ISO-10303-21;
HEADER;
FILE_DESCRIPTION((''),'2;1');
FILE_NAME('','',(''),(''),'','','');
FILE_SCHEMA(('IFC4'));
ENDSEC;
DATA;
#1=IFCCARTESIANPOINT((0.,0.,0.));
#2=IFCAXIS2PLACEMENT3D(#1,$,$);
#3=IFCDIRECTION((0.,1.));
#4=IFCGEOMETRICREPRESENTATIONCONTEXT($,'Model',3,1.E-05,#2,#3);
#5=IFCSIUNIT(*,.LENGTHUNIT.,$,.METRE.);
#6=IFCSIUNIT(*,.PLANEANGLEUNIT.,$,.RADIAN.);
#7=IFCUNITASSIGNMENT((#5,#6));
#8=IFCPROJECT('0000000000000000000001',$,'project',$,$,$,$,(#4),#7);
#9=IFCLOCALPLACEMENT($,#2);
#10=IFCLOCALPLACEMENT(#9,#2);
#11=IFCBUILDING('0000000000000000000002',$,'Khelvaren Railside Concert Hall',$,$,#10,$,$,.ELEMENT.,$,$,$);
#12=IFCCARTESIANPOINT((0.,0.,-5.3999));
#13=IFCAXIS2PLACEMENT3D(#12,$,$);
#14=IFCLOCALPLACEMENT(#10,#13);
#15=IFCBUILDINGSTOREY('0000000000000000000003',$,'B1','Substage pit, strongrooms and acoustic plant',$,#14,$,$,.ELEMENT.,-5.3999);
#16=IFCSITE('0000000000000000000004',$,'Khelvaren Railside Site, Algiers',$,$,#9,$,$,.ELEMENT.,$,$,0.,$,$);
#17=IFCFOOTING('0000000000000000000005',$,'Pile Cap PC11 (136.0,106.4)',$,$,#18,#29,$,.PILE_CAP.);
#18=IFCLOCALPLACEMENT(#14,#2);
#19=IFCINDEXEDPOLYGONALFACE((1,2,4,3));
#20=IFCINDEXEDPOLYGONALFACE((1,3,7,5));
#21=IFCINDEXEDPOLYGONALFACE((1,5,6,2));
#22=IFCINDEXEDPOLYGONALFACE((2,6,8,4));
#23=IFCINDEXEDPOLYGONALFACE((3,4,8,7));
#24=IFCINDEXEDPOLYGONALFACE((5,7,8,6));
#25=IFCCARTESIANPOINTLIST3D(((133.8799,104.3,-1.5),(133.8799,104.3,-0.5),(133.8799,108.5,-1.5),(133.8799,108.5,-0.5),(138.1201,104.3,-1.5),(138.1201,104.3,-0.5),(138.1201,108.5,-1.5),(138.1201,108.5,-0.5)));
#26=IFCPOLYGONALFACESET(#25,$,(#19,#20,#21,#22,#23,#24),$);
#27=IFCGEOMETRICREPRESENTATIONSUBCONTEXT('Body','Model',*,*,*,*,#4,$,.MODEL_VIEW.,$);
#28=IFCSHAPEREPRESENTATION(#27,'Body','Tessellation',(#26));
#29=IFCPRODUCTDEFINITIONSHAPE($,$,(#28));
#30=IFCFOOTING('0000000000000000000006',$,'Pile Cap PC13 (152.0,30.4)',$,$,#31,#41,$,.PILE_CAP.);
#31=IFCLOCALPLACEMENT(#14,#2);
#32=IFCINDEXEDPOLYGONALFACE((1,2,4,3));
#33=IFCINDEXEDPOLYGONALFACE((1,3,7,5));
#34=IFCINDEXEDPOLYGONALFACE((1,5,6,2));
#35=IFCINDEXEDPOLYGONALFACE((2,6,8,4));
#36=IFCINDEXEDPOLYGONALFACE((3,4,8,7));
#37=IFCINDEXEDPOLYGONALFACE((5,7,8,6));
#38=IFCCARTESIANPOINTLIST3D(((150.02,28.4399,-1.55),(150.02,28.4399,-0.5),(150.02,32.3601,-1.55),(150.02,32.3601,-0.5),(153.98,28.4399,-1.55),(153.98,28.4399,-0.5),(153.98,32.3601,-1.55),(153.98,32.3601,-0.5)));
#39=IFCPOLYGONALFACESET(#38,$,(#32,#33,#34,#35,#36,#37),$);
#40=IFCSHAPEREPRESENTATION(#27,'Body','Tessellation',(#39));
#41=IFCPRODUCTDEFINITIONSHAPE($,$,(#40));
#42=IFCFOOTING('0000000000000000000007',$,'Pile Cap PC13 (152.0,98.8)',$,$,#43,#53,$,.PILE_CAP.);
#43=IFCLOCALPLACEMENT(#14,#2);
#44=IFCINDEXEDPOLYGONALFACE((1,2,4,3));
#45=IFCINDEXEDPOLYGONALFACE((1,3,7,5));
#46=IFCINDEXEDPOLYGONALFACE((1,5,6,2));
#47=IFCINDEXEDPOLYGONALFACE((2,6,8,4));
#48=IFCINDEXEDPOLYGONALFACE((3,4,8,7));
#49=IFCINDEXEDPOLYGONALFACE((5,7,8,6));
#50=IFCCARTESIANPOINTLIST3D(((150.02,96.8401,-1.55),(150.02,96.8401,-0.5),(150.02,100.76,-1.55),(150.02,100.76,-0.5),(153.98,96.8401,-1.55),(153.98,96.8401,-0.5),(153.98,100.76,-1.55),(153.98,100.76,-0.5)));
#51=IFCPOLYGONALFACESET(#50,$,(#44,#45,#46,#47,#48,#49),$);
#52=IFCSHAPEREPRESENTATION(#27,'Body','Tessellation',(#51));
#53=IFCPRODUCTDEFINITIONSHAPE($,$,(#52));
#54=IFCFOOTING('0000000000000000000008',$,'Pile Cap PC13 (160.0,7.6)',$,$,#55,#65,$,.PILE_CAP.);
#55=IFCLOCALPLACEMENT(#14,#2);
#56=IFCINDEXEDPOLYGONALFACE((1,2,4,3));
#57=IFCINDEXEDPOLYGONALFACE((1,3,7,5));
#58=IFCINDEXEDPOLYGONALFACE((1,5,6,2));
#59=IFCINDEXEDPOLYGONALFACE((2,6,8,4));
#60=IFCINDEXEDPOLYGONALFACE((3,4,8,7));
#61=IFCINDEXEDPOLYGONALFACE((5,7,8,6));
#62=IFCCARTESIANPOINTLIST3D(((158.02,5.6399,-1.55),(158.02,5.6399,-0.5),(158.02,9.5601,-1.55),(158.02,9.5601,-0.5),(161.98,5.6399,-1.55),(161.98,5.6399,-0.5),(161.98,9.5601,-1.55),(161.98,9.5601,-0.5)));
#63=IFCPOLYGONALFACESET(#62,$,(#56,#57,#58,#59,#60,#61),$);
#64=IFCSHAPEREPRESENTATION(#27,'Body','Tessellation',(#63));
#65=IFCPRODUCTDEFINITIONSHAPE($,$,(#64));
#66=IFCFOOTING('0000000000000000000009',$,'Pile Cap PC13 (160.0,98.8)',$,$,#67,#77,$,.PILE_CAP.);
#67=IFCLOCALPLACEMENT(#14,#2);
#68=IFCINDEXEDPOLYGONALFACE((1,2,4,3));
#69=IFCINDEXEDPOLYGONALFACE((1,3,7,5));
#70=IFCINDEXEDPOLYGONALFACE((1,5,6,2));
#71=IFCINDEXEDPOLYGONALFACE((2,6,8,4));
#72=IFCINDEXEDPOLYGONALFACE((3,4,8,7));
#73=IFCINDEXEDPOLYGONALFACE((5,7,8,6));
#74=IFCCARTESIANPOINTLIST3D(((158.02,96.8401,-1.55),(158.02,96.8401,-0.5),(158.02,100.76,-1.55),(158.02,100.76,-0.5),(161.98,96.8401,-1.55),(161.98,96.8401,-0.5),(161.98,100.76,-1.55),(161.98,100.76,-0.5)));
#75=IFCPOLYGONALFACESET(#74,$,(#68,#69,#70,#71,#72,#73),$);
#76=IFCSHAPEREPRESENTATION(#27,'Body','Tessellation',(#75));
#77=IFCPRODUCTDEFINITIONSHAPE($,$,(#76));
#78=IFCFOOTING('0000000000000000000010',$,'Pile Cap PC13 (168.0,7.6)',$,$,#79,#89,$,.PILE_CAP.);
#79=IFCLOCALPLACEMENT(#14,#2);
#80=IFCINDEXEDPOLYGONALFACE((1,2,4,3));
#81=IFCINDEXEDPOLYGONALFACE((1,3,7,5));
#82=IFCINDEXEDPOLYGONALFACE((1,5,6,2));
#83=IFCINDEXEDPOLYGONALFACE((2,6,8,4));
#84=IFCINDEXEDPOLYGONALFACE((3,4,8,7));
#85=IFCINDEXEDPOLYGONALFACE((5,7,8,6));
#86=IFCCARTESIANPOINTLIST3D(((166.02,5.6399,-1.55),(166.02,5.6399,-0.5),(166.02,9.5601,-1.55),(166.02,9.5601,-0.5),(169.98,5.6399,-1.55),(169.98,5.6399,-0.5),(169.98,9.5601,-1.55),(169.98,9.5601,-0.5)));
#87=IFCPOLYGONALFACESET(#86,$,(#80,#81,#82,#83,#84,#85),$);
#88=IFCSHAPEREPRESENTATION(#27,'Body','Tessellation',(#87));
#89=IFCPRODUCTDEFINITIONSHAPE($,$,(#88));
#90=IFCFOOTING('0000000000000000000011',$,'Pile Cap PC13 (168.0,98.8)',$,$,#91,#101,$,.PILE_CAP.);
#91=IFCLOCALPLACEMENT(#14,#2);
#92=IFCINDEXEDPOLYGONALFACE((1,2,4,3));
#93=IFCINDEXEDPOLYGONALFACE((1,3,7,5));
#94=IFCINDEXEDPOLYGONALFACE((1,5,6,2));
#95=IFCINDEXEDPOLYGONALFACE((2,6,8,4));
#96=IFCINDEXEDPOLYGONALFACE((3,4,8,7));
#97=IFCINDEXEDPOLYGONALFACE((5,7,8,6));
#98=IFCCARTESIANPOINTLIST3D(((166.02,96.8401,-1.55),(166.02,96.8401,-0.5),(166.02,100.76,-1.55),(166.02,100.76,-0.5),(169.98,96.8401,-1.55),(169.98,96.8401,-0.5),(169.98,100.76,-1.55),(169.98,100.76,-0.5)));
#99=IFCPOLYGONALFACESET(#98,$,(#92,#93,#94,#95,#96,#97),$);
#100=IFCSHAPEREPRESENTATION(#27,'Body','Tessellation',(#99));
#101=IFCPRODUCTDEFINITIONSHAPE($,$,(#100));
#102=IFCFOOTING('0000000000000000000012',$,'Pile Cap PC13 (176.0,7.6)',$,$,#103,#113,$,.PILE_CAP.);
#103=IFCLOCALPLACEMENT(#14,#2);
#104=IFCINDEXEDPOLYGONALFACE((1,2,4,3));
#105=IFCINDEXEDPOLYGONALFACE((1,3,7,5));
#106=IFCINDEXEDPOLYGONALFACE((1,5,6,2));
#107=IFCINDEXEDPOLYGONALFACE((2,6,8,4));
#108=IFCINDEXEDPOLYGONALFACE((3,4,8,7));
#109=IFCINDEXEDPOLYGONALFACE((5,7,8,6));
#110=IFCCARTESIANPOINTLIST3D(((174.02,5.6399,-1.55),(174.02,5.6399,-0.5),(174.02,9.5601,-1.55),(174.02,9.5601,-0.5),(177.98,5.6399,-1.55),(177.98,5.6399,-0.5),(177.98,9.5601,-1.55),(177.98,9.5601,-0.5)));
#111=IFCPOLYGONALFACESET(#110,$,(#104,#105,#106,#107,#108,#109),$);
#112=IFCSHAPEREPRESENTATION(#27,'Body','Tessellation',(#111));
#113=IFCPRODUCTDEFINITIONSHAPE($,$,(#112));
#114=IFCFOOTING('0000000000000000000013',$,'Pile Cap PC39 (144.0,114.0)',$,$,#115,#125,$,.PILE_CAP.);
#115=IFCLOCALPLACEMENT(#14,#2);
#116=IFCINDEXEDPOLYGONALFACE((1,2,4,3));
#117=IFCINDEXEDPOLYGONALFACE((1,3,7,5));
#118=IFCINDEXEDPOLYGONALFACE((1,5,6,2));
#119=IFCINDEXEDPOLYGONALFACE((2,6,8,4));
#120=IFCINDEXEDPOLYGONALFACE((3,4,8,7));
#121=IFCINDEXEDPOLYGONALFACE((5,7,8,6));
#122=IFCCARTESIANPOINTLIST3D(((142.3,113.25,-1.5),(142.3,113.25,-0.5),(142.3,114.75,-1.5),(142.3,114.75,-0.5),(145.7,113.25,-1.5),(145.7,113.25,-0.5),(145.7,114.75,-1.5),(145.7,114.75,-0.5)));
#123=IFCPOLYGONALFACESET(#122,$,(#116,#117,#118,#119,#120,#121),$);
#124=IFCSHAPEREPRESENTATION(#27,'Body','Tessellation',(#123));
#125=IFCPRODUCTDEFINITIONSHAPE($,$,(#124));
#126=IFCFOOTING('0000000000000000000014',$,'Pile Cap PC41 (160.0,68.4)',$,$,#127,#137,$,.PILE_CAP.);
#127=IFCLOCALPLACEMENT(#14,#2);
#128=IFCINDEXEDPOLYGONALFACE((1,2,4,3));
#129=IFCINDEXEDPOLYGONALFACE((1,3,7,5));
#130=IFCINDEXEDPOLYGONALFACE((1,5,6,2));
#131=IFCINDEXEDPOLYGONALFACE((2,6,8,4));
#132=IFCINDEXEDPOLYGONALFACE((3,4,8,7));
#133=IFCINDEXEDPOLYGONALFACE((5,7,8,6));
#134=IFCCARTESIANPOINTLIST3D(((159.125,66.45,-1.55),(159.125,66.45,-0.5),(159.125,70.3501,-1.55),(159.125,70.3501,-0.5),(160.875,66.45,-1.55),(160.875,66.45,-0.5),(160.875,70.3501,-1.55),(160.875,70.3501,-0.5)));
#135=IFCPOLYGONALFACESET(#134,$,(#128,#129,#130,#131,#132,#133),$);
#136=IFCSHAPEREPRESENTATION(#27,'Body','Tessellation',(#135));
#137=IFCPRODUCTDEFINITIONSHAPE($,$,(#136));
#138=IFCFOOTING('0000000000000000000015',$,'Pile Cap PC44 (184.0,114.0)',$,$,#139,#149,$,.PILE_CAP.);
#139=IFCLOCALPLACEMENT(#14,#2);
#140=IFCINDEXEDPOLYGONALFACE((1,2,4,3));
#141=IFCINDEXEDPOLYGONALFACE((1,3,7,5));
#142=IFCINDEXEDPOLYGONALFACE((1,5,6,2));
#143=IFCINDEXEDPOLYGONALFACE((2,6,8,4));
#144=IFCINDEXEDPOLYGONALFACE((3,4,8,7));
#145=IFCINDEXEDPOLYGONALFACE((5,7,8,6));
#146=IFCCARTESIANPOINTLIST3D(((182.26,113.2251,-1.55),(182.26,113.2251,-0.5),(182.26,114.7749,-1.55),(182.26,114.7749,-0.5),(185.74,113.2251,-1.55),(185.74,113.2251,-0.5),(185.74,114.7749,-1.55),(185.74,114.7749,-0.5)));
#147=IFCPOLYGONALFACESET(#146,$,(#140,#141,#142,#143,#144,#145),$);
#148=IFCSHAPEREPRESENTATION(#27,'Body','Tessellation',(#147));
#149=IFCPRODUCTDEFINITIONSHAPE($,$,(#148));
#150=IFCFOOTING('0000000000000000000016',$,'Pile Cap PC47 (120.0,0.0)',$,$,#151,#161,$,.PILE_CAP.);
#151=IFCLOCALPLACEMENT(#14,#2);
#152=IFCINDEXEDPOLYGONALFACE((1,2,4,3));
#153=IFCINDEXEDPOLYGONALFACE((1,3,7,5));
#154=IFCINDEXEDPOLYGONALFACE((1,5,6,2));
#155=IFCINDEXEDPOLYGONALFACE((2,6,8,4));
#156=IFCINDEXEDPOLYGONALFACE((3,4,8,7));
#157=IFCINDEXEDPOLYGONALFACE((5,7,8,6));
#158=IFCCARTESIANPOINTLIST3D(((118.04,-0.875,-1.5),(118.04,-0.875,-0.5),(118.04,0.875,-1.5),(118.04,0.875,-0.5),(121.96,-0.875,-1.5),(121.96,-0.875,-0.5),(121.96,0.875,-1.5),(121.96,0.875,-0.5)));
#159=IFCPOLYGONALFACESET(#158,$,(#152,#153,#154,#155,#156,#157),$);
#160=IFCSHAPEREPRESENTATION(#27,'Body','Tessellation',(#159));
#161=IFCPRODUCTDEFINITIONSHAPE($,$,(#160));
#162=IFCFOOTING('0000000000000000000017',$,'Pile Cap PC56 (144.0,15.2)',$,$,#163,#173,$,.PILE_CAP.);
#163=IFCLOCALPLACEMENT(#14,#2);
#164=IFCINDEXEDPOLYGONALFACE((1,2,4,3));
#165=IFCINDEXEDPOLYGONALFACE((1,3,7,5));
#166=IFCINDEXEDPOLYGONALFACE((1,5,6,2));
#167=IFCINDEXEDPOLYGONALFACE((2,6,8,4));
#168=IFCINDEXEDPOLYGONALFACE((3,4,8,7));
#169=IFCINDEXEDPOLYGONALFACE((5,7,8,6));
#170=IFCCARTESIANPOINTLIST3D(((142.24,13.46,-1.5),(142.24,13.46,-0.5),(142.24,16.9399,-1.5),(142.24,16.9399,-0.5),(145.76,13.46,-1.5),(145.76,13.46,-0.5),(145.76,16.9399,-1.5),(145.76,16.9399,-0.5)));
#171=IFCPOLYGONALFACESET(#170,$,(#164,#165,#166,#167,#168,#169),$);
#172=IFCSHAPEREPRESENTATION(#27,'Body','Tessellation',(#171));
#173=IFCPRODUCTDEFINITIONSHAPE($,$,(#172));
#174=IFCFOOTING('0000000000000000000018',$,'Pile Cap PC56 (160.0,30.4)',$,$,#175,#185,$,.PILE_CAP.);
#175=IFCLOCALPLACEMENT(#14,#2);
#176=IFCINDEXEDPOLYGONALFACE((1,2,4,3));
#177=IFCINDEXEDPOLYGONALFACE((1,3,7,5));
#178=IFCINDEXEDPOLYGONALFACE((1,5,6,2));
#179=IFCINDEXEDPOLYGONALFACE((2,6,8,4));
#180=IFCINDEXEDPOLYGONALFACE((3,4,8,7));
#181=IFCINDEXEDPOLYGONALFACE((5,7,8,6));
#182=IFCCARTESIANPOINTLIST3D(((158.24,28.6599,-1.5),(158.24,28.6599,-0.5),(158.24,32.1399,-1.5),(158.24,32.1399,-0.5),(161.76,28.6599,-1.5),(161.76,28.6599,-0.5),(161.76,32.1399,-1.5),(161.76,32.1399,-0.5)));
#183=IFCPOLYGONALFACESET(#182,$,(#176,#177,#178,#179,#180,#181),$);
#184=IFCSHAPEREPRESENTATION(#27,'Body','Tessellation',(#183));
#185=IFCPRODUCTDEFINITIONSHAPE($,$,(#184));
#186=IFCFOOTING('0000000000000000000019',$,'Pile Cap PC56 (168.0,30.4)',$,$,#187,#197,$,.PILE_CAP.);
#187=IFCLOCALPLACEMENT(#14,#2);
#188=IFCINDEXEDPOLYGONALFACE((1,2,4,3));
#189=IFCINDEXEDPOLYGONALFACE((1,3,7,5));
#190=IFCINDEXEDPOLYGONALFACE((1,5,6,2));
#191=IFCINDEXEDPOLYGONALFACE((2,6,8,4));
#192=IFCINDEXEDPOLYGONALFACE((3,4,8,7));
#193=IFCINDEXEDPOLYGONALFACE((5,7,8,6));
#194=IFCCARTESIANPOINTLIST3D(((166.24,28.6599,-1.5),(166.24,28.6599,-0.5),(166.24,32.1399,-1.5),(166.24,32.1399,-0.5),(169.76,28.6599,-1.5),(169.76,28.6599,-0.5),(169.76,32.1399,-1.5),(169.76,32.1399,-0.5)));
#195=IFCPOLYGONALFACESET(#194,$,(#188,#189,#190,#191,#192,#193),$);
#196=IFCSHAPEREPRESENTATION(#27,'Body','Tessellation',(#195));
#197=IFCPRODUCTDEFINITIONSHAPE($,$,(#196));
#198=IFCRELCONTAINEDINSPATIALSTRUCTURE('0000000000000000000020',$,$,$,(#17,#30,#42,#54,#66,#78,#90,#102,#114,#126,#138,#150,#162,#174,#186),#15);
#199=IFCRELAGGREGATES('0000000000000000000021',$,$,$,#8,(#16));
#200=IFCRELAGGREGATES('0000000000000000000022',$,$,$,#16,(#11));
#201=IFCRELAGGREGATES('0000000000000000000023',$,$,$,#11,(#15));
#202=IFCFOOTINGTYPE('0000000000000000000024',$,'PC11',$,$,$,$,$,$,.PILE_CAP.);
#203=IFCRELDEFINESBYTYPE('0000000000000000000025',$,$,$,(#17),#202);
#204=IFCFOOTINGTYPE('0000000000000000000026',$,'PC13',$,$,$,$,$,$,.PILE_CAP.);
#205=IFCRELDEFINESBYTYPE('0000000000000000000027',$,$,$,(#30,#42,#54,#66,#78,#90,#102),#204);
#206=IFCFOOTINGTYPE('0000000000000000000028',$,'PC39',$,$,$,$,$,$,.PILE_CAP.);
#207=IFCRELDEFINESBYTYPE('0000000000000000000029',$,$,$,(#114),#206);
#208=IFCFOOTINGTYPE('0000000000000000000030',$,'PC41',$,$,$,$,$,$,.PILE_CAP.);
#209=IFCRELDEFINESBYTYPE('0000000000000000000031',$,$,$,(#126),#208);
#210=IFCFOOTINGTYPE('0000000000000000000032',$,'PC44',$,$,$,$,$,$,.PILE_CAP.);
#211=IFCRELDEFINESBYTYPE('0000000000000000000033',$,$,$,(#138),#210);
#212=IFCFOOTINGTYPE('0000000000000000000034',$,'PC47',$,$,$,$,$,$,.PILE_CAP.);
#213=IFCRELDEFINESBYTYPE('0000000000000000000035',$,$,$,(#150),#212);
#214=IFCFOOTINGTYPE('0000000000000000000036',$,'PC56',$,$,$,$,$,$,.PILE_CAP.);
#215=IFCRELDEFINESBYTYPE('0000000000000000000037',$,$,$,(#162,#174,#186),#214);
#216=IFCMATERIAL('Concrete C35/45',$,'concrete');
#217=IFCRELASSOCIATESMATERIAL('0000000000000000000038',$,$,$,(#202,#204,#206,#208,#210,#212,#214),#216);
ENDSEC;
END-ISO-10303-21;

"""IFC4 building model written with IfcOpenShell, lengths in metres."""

from ifc_helpers import new_model, si_unit, direction, frame, origin, place, context, subcontext, project, spatial, polyline, outline, extrude, material, type_object, element, save


model = new_model("IFC4")

# Units and contexts
model_context = context("Model", 3, precision=1e-05, world=origin(), true_north=direction((0.0, 1.0)))
body_context = subcontext(model_context, "Body", "Model", "MODEL_VIEW")
ifc_project = project(units=[si_unit("LENGTHUNIT", "METRE"), si_unit("PLANEANGLEUNIT", "RADIAN")], contexts=[model_context])

# Site, building, storey
site_placement = place(None, origin())
site = spatial("IfcSite", under=ifc_project, at=site_placement, Name="Khelvaren Railside Site, Algiers", CompositionType="ELEMENT", RefElevation=0.0)
building_placement = place(site_placement, origin())
building = spatial("IfcBuilding", under=site, at=building_placement, Name="Khelvaren Railside Concert Hall", CompositionType="ELEMENT")
storey_placement = place(building_placement, frame((0.0, 0.0, -5.3999)))
storey = spatial("IfcBuildingStorey", under=building, at=storey_placement, Name="B1", Description="Substage pit, strongrooms and acoustic plant", CompositionType="ELEMENT", Elevation=-5.3999)

# Footings
ifc_material = material(Name="Concrete C35/45", Category="concrete")
footing_type_1 = type_object("IfcFootingType", Name="PC11", PredefinedType="PILE_CAP", material=ifc_material)
footing_1_placement = place(storey_placement, frame((0.0, 0.0, -1.5)))
element("IfcFooting", 1, at=footing_1_placement, inside=storey, type_object=footing_type_1, Name="Pile Cap PC11 (136.0,106.4)", PredefinedType="PILE_CAP", context=body_context, shape_type="SweptSolid", body=[
    extrude(outline(polyline([(133.8799, 104.3), (138.1201, 104.3), (138.1201, 108.5), (133.8799, 108.5), (133.8799, 104.3)])), origin(), (0.0, 0.0, 1.0), 1.0),
])
footing_type_2 = type_object("IfcFootingType", Name="PC13", PredefinedType="PILE_CAP", material=ifc_material)
footing_2_placement = place(storey_placement, frame((0.0, 0.0, -1.55)))
element("IfcFooting", 2, at=footing_2_placement, inside=storey, type_object=footing_type_2, Name="Pile Cap PC13 (152.0,30.4)", PredefinedType="PILE_CAP", context=body_context, shape_type="SweptSolid", body=[
    extrude(outline(polyline([(150.02, 28.4399), (153.98, 28.4399), (153.98, 32.3601), (150.02, 32.3601), (150.02, 28.4399)])), origin(), (0.0, 0.0, 1.0), 1.05),
])
footing_3_placement = place(storey_placement, frame((0.0, 0.0, -1.55)))
element("IfcFooting", 3, at=footing_3_placement, inside=storey, type_object=footing_type_2, Name="Pile Cap PC13 (152.0,98.8)", PredefinedType="PILE_CAP", context=body_context, shape_type="SweptSolid", body=[
    extrude(outline(polyline([(150.02, 96.8401), (153.98, 96.8401), (153.98, 100.76), (150.02, 100.76), (150.02, 96.8401)])), origin(), (0.0, 0.0, 1.0), 1.05),
])
footing_4_placement = place(storey_placement, frame((0.0, 0.0, -1.55)))
element("IfcFooting", 4, at=footing_4_placement, inside=storey, type_object=footing_type_2, Name="Pile Cap PC13 (160.0,7.6)", PredefinedType="PILE_CAP", context=body_context, shape_type="SweptSolid", body=[
    extrude(outline(polyline([(158.02, 5.6399), (161.98, 5.6399), (161.98, 9.5601), (158.02, 9.5601), (158.02, 5.6399)])), origin(), (0.0, 0.0, 1.0), 1.05),
])
footing_5_placement = place(storey_placement, frame((0.0, 0.0, -1.55)))
element("IfcFooting", 5, at=footing_5_placement, inside=storey, type_object=footing_type_2, Name="Pile Cap PC13 (160.0,98.8)", PredefinedType="PILE_CAP", context=body_context, shape_type="SweptSolid", body=[
    extrude(outline(polyline([(158.02, 96.8401), (161.98, 96.8401), (161.98, 100.76), (158.02, 100.76), (158.02, 96.8401)])), origin(), (0.0, 0.0, 1.0), 1.05),
])
footing_6_placement = place(storey_placement, frame((0.0, 0.0, -1.55)))
element("IfcFooting", 6, at=footing_6_placement, inside=storey, type_object=footing_type_2, Name="Pile Cap PC13 (168.0,7.6)", PredefinedType="PILE_CAP", context=body_context, shape_type="SweptSolid", body=[
    extrude(outline(polyline([(166.02, 5.6399), (169.98, 5.6399), (169.98, 9.5601), (166.02, 9.5601), (166.02, 5.6399)])), origin(), (0.0, 0.0, 1.0), 1.05),
])
footing_7_placement = place(storey_placement, frame((0.0, 0.0, -1.55)))
element("IfcFooting", 7, at=footing_7_placement, inside=storey, type_object=footing_type_2, Name="Pile Cap PC13 (168.0,98.8)", PredefinedType="PILE_CAP", context=body_context, shape_type="SweptSolid", body=[
    extrude(outline(polyline([(166.02, 96.8401), (169.98, 96.8401), (169.98, 100.76), (166.02, 100.76), (166.02, 96.8401)])), origin(), (0.0, 0.0, 1.0), 1.05),
])
footing_8_placement = place(storey_placement, frame((0.0, 0.0, -1.55)))
element("IfcFooting", 8, at=footing_8_placement, inside=storey, type_object=footing_type_2, Name="Pile Cap PC13 (176.0,7.6)", PredefinedType="PILE_CAP", context=body_context, shape_type="SweptSolid", body=[
    extrude(outline(polyline([(174.02, 5.6399), (177.98, 5.6399), (177.98, 9.5601), (174.02, 9.5601), (174.02, 5.6399)])), origin(), (0.0, 0.0, 1.0), 1.05),
])
footing_type_3 = type_object("IfcFootingType", Name="PC39", PredefinedType="PILE_CAP", material=ifc_material)
footing_9_placement = place(storey_placement, frame((0.0, 0.0, -1.5)))
element("IfcFooting", 9, at=footing_9_placement, inside=storey, type_object=footing_type_3, Name="Pile Cap PC39 (144.0,114.0)", PredefinedType="PILE_CAP", context=body_context, shape_type="SweptSolid", body=[
    extrude(outline(polyline([(142.3, 113.25), (145.7, 113.25), (145.7, 114.75), (142.3, 114.75), (142.3, 113.25)])), origin(), (0.0, 0.0, 1.0), 1.0),
])
footing_type_4 = type_object("IfcFootingType", Name="PC41", PredefinedType="PILE_CAP", material=ifc_material)
footing_10_placement = place(storey_placement, frame((0.0, 0.0, -1.55)))
element("IfcFooting", 10, at=footing_10_placement, inside=storey, type_object=footing_type_4, Name="Pile Cap PC41 (160.0,68.4)", PredefinedType="PILE_CAP", context=body_context, shape_type="SweptSolid", body=[
    extrude(outline(polyline([(159.125, 66.45), (160.875, 66.45), (160.875, 70.3501), (159.125, 70.3501), (159.125, 66.45)])), origin(), (0.0, 0.0, 1.0), 1.05),
])
footing_type_5 = type_object("IfcFootingType", Name="PC44", PredefinedType="PILE_CAP", material=ifc_material)
footing_11_placement = place(storey_placement, frame((0.0, 0.0, -1.55)))
element("IfcFooting", 11, at=footing_11_placement, inside=storey, type_object=footing_type_5, Name="Pile Cap PC44 (184.0,114.0)", PredefinedType="PILE_CAP", context=body_context, shape_type="SweptSolid", body=[
    extrude(outline(polyline([(182.26, 113.2251), (185.74, 113.2251), (185.74, 114.7749), (182.26, 114.7749), (182.26, 113.2251)])), origin(), (0.0, 0.0, 1.0), 1.05),
])
footing_type_6 = type_object("IfcFootingType", Name="PC47", PredefinedType="PILE_CAP", material=ifc_material)
footing_12_placement = place(storey_placement, frame((0.0, 0.0, -1.5)))
element("IfcFooting", 12, at=footing_12_placement, inside=storey, type_object=footing_type_6, Name="Pile Cap PC47 (120.0,0.0)", PredefinedType="PILE_CAP", context=body_context, shape_type="SweptSolid", body=[
    extrude(outline(polyline([(118.04, -0.875), (121.96, -0.875), (121.96, 0.875), (118.04, 0.875), (118.04, -0.875)])), origin(), (0.0, 0.0, 1.0), 1.0),
])
footing_type_7 = type_object("IfcFootingType", Name="PC56", PredefinedType="PILE_CAP", material=ifc_material)
footing_13_placement = place(storey_placement, frame((0.0, 0.0, -1.5)))
element("IfcFooting", 13, at=footing_13_placement, inside=storey, type_object=footing_type_7, Name="Pile Cap PC56 (144.0,15.2)", PredefinedType="PILE_CAP", context=body_context, shape_type="SweptSolid", body=[
    extrude(outline(polyline([(142.24, 13.46), (145.76, 13.46), (145.76, 16.9399), (142.24, 16.9399), (142.24, 13.46)])), origin(), (0.0, 0.0, 1.0), 1.0),
])
footing_14_placement = place(storey_placement, frame((0.0, 0.0, -1.5)))
element("IfcFooting", 14, at=footing_14_placement, inside=storey, type_object=footing_type_7, Name="Pile Cap PC56 (160.0,30.4)", PredefinedType="PILE_CAP", context=body_context, shape_type="SweptSolid", body=[
    extrude(outline(polyline([(158.24, 28.6599), (161.76, 28.6599), (161.76, 32.1399), (158.24, 32.1399), (158.24, 28.6599)])), origin(), (0.0, 0.0, 1.0), 1.0),
])
footing_15_placement = place(storey_placement, frame((0.0, 0.0, -1.5)))
element("IfcFooting", 15, at=footing_15_placement, inside=storey, type_object=footing_type_7, Name="Pile Cap PC56 (168.0,30.4)", PredefinedType="PILE_CAP", context=body_context, shape_type="SweptSolid", body=[
    extrude(outline(polyline([(166.24, 28.6599), (169.76, 28.6599), (169.76, 32.1399), (166.24, 32.1399), (166.24, 28.6599)])), origin(), (0.0, 0.0, 1.0), 1.0),
])

save(model, "model.ifc")
